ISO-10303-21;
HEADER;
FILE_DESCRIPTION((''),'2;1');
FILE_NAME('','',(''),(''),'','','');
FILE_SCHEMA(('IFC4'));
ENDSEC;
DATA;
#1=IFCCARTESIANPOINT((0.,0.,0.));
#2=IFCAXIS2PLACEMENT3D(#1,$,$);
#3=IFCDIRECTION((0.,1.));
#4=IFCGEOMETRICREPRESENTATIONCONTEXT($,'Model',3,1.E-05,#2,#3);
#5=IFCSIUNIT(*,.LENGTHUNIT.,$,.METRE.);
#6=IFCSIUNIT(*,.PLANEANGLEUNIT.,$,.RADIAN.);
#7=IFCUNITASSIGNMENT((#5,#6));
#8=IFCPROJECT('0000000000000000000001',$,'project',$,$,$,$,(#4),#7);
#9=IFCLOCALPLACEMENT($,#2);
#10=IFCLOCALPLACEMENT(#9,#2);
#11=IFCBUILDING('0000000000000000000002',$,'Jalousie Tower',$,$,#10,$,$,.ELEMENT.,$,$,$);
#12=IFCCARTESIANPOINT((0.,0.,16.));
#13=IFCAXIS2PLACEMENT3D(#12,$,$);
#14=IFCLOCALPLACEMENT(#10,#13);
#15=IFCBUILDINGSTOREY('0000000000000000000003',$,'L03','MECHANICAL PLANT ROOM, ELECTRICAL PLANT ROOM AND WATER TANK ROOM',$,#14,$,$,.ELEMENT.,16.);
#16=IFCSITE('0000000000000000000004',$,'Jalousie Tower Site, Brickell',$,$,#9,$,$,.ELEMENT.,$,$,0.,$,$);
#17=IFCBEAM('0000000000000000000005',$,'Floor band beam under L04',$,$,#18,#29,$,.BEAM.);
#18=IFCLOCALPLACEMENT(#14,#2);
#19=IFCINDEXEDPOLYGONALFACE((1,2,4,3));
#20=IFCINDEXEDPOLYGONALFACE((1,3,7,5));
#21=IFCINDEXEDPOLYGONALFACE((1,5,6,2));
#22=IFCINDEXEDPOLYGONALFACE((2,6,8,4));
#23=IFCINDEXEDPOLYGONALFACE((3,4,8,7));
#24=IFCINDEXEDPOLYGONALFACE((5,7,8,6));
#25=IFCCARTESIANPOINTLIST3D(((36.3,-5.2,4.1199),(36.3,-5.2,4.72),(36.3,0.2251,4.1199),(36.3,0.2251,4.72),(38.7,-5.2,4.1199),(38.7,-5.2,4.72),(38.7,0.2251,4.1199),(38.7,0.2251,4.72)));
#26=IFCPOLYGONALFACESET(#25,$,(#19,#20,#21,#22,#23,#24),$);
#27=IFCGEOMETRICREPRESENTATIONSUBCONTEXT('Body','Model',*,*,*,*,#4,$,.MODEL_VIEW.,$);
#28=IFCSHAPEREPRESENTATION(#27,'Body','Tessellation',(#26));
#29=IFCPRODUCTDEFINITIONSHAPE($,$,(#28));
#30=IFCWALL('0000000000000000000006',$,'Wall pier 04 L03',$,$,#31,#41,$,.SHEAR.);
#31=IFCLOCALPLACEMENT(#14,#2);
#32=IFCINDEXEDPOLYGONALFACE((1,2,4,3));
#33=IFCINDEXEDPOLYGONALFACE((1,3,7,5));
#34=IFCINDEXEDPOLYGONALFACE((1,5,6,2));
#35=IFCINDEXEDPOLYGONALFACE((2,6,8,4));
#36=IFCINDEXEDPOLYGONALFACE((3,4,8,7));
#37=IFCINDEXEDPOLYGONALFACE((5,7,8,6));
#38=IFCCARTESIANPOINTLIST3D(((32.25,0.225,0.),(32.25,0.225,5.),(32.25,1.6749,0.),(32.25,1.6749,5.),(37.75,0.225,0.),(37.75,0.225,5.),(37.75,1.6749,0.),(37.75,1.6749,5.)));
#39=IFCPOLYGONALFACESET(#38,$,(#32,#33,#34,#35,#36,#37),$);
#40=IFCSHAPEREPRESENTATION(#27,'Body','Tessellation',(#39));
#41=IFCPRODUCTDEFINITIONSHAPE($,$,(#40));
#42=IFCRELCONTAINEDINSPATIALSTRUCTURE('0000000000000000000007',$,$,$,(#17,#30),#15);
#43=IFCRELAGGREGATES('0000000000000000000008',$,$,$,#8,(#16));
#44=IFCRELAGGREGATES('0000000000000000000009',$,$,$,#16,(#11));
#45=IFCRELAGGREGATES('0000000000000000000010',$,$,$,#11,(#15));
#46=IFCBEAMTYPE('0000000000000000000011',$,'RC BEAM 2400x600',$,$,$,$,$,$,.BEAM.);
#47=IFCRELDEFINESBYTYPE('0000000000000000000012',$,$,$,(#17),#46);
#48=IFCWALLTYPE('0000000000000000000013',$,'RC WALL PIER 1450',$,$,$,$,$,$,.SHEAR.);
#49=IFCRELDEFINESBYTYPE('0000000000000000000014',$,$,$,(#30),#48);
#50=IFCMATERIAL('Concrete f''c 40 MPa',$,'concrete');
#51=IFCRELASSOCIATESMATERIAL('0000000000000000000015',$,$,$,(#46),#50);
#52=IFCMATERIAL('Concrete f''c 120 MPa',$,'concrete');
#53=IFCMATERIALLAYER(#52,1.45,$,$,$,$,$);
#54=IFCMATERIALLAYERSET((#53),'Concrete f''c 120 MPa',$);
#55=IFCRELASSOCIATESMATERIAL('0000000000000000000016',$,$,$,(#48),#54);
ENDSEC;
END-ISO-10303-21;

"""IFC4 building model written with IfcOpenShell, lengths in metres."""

from ifc_helpers import new_model, si_unit, direction, frame, frame_2d, origin, origin_2d, place, context, subcontext, project, spatial, rectangle, extrude, material, layer, layer_set, material_profile, profile_set, type_object, element, save


model = new_model("IFC4")

# Units and contexts
model_context = context("Model", 3, precision=1e-05, world=origin(), true_north=direction((0.0, 1.0)))
body_context = subcontext(model_context, "Body", "Model", "MODEL_VIEW")
ifc_project = project(units=[si_unit("LENGTHUNIT", "METRE"), si_unit("PLANEANGLEUNIT", "RADIAN")], contexts=[model_context])

# Site, building, storey
site_placement = place(None, origin())
site = spatial("IfcSite", under=ifc_project, at=site_placement, Name="Jalousie Tower Site, Brickell", CompositionType="ELEMENT", RefElevation=0.0)
building_placement = place(site_placement, origin())
building = spatial("IfcBuilding", under=site, at=building_placement, Name="Jalousie Tower", CompositionType="ELEMENT")
storey_placement = place(building_placement, frame((0.0, 0.0, 16.0)))
storey = spatial("IfcBuildingStorey", under=building, at=storey_placement, Name="L03", Description="MECHANICAL PLANT ROOM, ELECTRICAL PLANT ROOM AND WATER TANK ROOM", CompositionType="ELEMENT", Elevation=16.0)

# Beam
ifc_material_1 = material(Name="Concrete f'c 40 MPa", Category="concrete")
ifc_material_profile_1 = material_profile(ifc_material_1, rectangle(XDim=2.3999, YDim=0.6001, at=origin_2d()), Name="RC 2400x600")
ifc_profile_set_1 = profile_set([ifc_material_profile_1], Name="Concrete f'c 40 MPa")
beam_type_1 = type_object("IfcBeamType", Name="RC BEAM 2400x600", PredefinedType="BEAM", material=ifc_profile_set_1)
beam_1_placement = place(storey_placement, frame((37.5, -5.2, 4.4199), z_axis=(0.0, 1.0, 0.0), x_axis=(-1.0, 0.0, 0.0)))
element("IfcBeam", 1, at=beam_1_placement, inside=storey, type_object=beam_type_1, Name="Floor band beam under L04", PredefinedType="BEAM", context=body_context, shape_type="SweptSolid", body=[
    extrude(rectangle(XDim=2.3999, YDim=0.6001, at=origin_2d()), origin(), (0.0, 0.0, 1.0), 5.425),
])

# Wall
ifc_material_2 = material(Name="Concrete f'c 120 MPa", Category="concrete")
ifc_layer = layer(ifc_material_2, 1.45)
ifc_layer_set = layer_set([ifc_layer], Name="Concrete f'c 120 MPa")
wall_type = type_object("IfcWallType", Name="RC WALL PIER 1450", PredefinedType="SHEAR", material=ifc_layer_set)
wall_placement = place(storey_placement, frame((32.25, 0.95, 0.0), z_axis=(0.0, 0.0, 1.0), x_axis=(1.0, 0.0, 0.0)))
element("IfcWall", 2, at=wall_placement, inside=storey, type_object=wall_type, Name="Wall pier 04 L03", PredefinedType="SHEAR", context=body_context, shape_type="SweptSolid", body=[
    extrude(rectangle(XDim=5.5, YDim=1.45, at=frame_2d((2.75, 0.0))), origin(), (0.0, 0.0, 1.0), 5.0),
])

save(model, "model.ifc")
